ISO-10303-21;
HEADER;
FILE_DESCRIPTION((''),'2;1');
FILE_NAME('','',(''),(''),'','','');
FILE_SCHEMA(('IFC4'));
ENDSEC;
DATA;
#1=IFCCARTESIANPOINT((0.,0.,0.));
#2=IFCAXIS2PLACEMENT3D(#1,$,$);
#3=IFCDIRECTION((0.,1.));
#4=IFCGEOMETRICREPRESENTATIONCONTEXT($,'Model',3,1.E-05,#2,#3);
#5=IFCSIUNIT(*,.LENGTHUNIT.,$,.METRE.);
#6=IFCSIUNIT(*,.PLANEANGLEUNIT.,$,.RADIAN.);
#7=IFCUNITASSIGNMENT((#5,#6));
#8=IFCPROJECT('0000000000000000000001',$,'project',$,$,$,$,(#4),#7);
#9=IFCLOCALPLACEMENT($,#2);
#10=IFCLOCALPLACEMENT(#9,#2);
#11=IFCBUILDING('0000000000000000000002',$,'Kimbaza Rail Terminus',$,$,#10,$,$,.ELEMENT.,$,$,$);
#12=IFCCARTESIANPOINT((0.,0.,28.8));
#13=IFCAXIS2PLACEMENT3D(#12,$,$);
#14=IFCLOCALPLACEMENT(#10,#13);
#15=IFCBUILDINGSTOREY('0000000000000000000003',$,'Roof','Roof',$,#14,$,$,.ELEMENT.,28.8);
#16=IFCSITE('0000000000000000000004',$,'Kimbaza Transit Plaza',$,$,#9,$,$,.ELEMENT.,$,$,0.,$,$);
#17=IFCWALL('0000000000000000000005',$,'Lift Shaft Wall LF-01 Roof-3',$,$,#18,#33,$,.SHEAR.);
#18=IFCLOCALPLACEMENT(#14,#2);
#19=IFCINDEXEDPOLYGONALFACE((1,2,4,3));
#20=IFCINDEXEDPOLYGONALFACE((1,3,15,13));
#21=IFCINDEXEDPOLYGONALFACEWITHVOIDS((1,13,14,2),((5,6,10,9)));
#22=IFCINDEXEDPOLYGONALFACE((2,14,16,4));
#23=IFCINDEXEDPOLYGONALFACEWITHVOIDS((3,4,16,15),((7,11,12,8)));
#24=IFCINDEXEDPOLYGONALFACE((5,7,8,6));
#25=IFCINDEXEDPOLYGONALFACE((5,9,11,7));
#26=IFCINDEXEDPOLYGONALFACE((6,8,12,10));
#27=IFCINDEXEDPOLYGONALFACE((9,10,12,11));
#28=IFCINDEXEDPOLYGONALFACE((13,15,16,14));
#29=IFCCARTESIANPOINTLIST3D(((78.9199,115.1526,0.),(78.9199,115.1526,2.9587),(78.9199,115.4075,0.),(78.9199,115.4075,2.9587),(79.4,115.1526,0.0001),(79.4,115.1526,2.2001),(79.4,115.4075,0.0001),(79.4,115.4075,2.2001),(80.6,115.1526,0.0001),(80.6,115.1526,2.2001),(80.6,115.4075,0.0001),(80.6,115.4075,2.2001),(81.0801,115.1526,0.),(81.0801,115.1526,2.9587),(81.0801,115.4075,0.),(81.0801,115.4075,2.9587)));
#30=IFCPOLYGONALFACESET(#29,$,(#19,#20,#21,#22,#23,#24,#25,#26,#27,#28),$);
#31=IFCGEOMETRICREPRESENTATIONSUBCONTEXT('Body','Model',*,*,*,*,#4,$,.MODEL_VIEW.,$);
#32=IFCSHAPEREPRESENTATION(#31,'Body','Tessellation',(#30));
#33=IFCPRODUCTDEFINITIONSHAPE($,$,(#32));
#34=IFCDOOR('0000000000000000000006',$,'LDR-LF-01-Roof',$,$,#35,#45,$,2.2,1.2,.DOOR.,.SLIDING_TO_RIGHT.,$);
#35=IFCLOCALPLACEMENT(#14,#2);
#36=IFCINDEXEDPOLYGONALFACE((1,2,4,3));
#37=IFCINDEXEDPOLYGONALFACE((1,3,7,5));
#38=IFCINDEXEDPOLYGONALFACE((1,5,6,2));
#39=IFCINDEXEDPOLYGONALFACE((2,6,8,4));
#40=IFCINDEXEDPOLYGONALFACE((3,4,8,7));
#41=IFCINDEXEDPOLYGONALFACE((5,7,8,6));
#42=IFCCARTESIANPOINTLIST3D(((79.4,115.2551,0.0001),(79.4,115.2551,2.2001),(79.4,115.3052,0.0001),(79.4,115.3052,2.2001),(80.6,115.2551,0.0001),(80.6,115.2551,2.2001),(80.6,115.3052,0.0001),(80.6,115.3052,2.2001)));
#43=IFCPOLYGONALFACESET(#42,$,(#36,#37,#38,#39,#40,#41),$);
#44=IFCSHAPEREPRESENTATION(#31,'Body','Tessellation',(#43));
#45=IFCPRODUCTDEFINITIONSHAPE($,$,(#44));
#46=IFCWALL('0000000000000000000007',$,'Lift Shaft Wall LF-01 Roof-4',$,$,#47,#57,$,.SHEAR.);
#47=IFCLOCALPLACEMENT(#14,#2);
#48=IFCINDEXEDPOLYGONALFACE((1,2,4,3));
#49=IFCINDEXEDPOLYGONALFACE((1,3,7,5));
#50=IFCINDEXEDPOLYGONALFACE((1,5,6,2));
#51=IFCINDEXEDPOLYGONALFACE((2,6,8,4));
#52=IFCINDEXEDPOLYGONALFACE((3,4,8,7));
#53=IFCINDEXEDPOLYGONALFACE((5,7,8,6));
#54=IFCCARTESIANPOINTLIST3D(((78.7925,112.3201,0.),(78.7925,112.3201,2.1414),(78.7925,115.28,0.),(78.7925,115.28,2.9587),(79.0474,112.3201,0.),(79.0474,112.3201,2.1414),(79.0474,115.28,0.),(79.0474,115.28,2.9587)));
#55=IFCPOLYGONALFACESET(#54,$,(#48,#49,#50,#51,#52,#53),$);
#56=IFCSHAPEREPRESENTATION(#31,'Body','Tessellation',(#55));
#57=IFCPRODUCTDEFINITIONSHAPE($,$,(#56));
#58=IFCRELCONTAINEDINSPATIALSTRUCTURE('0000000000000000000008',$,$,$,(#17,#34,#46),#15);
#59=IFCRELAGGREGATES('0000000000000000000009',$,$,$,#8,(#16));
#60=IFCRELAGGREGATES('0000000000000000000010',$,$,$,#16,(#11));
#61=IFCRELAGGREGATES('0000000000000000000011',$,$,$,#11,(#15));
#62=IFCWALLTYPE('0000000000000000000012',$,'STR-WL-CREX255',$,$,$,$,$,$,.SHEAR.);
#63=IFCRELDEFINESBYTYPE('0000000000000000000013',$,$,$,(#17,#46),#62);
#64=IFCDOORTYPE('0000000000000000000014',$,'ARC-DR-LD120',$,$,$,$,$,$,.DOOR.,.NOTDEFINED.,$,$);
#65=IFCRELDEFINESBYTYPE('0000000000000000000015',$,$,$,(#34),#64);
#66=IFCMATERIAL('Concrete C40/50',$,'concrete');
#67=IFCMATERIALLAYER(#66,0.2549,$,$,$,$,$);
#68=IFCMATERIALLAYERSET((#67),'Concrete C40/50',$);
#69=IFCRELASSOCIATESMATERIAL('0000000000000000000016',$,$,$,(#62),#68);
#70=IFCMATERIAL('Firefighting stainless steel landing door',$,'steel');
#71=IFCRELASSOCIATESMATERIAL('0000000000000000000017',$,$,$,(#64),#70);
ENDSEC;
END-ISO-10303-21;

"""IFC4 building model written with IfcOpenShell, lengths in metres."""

from ifc_helpers import new_model, si_unit, direction, frame, frame_2d, origin, place, context, subcontext, project, spatial, polyline, rectangle, outline, extrude, material, layer, layer_set, type_object, element, fill, save


model = new_model("IFC4")

# Units and contexts
model_context = context("Model", 3, precision=1e-05, world=origin(), true_north=direction((0.0, 1.0)))
body_context = subcontext(model_context, "Body", "Model", "MODEL_VIEW")
ifc_project = project(units=[si_unit("LENGTHUNIT", "METRE"), si_unit("PLANEANGLEUNIT", "RADIAN")], contexts=[model_context])

# Site, building, storey
site_placement = place(None, origin())
site = spatial("IfcSite", under=ifc_project, at=site_placement, Name="Kimbaza Transit Plaza", CompositionType="ELEMENT", RefElevation=0.0)
building_placement = place(site_placement, origin())
building = spatial("IfcBuilding", under=site, at=building_placement, Name="Kimbaza Rail Terminus", CompositionType="ELEMENT")
storey_placement = place(building_placement, frame((0.0, 0.0, 28.8)))
storey = spatial("IfcBuildingStorey", under=building, at=storey_placement, Name="Roof", Description="Roof", CompositionType="ELEMENT", Elevation=28.8)

# Shared definitions
ifc_material_1 = material(Name="Concrete C40/50", Category="concrete")
ifc_layer_1 = layer(ifc_material_1, 0.2549)
ifc_layer_set_1 = layer_set([ifc_layer_1], Name="Concrete C40/50")
wall_type_1 = type_object("IfcWallType", Name="STR-WL-CREX255", PredefinedType="SHEAR", material=ifc_layer_set_1)

# Wall, opening, door
wall_1_placement = place(storey_placement, frame((81.0801, 115.28, 0.0), z_axis=(0.0, 0.0, 1.0), x_axis=(-1.0, 0.0, 0.0)))
wall_1 = element("IfcWall", 1, at=wall_1_placement, inside=storey, type_object=wall_type_1, Name="Lift Shaft Wall LF-01 Roof-3", PredefinedType="SHEAR", context=body_context, shape_type="SweptSolid", body=[
    extrude(rectangle(XDim=2.1602, YDim=0.2549, at=frame_2d((1.0801, 0.0))), origin(), (0.0, 0.0, 1.0), 2.9587),
])
opening_1_placement = place(wall_1_placement, frame((0.48, 0.0, 0.0)))
opening_1 = element("IfcOpeningElement", 2, at=opening_1_placement, cuts=wall_1, PredefinedType="OPENING", context=body_context, shape_type="SweptSolid", body=[
    extrude(rectangle(XDim=1.2, YDim=2.2, at=frame_2d((0.6001, 1.1001))), frame((0.0, 0.1375, 0.0), z_axis=(0.0, -1.0, 0.0), x_axis=(1.0, 0.0, 0.0)), (0.0, 0.0, 1.0), 0.2749),
])
ifc_material_2 = material(Name="Firefighting stainless steel landing door", Category="steel")
door_type_1 = type_object("IfcDoorType", Name="ARC-DR-LD120", OperationType="NOTDEFINED", PredefinedType="DOOR", material=ifc_material_2)
door_1_placement = place(opening_1_placement, origin())
door_1 = element("IfcDoor", 3, at=door_1_placement, inside=storey, type_object=door_type_1, Name="LDR-LF-01-Roof", OperationType="SLIDING_TO_RIGHT", OverallHeight=2.2, OverallWidth=1.2, PredefinedType="DOOR", context=body_context, shape_type="SweptSolid", body=[
    extrude(rectangle(XDim=1.2, YDim=2.2, at=frame_2d((0.6001, 1.1001))), frame((0.0, 0.0249, 0.0), z_axis=(0.0, -1.0, 0.0), x_axis=(1.0, 0.0, 0.0)), (0.0, 0.0, 1.0), 0.05),
])
fill(opening_1, door_1)

# Wall
wall_2_placement = place(storey_placement, frame((78.9199, 115.28, 0.0), z_axis=(0.0, 0.0, 1.0), x_axis=(0.0, -1.0, 0.0)))
element("IfcWall", 4, at=wall_2_placement, inside=storey, type_object=wall_type_1, Name="Lift Shaft Wall LF-01 Roof-4", PredefinedType="SHEAR", context=body_context, shape_type="SweptSolid", body=[
    extrude(outline(polyline([(0.0, 0.0), (2.96, 0.0), (2.96, 2.1414), (0.0, 2.9587), (0.0, 0.0)])), frame((0.0, 0.1274, 0.0), z_axis=(0.0, -1.0, 0.0), x_axis=(1.0, 0.0, 0.0)), (0.0, 0.0, 1.0), 0.2549),
])

save(model, "model.ifc")
